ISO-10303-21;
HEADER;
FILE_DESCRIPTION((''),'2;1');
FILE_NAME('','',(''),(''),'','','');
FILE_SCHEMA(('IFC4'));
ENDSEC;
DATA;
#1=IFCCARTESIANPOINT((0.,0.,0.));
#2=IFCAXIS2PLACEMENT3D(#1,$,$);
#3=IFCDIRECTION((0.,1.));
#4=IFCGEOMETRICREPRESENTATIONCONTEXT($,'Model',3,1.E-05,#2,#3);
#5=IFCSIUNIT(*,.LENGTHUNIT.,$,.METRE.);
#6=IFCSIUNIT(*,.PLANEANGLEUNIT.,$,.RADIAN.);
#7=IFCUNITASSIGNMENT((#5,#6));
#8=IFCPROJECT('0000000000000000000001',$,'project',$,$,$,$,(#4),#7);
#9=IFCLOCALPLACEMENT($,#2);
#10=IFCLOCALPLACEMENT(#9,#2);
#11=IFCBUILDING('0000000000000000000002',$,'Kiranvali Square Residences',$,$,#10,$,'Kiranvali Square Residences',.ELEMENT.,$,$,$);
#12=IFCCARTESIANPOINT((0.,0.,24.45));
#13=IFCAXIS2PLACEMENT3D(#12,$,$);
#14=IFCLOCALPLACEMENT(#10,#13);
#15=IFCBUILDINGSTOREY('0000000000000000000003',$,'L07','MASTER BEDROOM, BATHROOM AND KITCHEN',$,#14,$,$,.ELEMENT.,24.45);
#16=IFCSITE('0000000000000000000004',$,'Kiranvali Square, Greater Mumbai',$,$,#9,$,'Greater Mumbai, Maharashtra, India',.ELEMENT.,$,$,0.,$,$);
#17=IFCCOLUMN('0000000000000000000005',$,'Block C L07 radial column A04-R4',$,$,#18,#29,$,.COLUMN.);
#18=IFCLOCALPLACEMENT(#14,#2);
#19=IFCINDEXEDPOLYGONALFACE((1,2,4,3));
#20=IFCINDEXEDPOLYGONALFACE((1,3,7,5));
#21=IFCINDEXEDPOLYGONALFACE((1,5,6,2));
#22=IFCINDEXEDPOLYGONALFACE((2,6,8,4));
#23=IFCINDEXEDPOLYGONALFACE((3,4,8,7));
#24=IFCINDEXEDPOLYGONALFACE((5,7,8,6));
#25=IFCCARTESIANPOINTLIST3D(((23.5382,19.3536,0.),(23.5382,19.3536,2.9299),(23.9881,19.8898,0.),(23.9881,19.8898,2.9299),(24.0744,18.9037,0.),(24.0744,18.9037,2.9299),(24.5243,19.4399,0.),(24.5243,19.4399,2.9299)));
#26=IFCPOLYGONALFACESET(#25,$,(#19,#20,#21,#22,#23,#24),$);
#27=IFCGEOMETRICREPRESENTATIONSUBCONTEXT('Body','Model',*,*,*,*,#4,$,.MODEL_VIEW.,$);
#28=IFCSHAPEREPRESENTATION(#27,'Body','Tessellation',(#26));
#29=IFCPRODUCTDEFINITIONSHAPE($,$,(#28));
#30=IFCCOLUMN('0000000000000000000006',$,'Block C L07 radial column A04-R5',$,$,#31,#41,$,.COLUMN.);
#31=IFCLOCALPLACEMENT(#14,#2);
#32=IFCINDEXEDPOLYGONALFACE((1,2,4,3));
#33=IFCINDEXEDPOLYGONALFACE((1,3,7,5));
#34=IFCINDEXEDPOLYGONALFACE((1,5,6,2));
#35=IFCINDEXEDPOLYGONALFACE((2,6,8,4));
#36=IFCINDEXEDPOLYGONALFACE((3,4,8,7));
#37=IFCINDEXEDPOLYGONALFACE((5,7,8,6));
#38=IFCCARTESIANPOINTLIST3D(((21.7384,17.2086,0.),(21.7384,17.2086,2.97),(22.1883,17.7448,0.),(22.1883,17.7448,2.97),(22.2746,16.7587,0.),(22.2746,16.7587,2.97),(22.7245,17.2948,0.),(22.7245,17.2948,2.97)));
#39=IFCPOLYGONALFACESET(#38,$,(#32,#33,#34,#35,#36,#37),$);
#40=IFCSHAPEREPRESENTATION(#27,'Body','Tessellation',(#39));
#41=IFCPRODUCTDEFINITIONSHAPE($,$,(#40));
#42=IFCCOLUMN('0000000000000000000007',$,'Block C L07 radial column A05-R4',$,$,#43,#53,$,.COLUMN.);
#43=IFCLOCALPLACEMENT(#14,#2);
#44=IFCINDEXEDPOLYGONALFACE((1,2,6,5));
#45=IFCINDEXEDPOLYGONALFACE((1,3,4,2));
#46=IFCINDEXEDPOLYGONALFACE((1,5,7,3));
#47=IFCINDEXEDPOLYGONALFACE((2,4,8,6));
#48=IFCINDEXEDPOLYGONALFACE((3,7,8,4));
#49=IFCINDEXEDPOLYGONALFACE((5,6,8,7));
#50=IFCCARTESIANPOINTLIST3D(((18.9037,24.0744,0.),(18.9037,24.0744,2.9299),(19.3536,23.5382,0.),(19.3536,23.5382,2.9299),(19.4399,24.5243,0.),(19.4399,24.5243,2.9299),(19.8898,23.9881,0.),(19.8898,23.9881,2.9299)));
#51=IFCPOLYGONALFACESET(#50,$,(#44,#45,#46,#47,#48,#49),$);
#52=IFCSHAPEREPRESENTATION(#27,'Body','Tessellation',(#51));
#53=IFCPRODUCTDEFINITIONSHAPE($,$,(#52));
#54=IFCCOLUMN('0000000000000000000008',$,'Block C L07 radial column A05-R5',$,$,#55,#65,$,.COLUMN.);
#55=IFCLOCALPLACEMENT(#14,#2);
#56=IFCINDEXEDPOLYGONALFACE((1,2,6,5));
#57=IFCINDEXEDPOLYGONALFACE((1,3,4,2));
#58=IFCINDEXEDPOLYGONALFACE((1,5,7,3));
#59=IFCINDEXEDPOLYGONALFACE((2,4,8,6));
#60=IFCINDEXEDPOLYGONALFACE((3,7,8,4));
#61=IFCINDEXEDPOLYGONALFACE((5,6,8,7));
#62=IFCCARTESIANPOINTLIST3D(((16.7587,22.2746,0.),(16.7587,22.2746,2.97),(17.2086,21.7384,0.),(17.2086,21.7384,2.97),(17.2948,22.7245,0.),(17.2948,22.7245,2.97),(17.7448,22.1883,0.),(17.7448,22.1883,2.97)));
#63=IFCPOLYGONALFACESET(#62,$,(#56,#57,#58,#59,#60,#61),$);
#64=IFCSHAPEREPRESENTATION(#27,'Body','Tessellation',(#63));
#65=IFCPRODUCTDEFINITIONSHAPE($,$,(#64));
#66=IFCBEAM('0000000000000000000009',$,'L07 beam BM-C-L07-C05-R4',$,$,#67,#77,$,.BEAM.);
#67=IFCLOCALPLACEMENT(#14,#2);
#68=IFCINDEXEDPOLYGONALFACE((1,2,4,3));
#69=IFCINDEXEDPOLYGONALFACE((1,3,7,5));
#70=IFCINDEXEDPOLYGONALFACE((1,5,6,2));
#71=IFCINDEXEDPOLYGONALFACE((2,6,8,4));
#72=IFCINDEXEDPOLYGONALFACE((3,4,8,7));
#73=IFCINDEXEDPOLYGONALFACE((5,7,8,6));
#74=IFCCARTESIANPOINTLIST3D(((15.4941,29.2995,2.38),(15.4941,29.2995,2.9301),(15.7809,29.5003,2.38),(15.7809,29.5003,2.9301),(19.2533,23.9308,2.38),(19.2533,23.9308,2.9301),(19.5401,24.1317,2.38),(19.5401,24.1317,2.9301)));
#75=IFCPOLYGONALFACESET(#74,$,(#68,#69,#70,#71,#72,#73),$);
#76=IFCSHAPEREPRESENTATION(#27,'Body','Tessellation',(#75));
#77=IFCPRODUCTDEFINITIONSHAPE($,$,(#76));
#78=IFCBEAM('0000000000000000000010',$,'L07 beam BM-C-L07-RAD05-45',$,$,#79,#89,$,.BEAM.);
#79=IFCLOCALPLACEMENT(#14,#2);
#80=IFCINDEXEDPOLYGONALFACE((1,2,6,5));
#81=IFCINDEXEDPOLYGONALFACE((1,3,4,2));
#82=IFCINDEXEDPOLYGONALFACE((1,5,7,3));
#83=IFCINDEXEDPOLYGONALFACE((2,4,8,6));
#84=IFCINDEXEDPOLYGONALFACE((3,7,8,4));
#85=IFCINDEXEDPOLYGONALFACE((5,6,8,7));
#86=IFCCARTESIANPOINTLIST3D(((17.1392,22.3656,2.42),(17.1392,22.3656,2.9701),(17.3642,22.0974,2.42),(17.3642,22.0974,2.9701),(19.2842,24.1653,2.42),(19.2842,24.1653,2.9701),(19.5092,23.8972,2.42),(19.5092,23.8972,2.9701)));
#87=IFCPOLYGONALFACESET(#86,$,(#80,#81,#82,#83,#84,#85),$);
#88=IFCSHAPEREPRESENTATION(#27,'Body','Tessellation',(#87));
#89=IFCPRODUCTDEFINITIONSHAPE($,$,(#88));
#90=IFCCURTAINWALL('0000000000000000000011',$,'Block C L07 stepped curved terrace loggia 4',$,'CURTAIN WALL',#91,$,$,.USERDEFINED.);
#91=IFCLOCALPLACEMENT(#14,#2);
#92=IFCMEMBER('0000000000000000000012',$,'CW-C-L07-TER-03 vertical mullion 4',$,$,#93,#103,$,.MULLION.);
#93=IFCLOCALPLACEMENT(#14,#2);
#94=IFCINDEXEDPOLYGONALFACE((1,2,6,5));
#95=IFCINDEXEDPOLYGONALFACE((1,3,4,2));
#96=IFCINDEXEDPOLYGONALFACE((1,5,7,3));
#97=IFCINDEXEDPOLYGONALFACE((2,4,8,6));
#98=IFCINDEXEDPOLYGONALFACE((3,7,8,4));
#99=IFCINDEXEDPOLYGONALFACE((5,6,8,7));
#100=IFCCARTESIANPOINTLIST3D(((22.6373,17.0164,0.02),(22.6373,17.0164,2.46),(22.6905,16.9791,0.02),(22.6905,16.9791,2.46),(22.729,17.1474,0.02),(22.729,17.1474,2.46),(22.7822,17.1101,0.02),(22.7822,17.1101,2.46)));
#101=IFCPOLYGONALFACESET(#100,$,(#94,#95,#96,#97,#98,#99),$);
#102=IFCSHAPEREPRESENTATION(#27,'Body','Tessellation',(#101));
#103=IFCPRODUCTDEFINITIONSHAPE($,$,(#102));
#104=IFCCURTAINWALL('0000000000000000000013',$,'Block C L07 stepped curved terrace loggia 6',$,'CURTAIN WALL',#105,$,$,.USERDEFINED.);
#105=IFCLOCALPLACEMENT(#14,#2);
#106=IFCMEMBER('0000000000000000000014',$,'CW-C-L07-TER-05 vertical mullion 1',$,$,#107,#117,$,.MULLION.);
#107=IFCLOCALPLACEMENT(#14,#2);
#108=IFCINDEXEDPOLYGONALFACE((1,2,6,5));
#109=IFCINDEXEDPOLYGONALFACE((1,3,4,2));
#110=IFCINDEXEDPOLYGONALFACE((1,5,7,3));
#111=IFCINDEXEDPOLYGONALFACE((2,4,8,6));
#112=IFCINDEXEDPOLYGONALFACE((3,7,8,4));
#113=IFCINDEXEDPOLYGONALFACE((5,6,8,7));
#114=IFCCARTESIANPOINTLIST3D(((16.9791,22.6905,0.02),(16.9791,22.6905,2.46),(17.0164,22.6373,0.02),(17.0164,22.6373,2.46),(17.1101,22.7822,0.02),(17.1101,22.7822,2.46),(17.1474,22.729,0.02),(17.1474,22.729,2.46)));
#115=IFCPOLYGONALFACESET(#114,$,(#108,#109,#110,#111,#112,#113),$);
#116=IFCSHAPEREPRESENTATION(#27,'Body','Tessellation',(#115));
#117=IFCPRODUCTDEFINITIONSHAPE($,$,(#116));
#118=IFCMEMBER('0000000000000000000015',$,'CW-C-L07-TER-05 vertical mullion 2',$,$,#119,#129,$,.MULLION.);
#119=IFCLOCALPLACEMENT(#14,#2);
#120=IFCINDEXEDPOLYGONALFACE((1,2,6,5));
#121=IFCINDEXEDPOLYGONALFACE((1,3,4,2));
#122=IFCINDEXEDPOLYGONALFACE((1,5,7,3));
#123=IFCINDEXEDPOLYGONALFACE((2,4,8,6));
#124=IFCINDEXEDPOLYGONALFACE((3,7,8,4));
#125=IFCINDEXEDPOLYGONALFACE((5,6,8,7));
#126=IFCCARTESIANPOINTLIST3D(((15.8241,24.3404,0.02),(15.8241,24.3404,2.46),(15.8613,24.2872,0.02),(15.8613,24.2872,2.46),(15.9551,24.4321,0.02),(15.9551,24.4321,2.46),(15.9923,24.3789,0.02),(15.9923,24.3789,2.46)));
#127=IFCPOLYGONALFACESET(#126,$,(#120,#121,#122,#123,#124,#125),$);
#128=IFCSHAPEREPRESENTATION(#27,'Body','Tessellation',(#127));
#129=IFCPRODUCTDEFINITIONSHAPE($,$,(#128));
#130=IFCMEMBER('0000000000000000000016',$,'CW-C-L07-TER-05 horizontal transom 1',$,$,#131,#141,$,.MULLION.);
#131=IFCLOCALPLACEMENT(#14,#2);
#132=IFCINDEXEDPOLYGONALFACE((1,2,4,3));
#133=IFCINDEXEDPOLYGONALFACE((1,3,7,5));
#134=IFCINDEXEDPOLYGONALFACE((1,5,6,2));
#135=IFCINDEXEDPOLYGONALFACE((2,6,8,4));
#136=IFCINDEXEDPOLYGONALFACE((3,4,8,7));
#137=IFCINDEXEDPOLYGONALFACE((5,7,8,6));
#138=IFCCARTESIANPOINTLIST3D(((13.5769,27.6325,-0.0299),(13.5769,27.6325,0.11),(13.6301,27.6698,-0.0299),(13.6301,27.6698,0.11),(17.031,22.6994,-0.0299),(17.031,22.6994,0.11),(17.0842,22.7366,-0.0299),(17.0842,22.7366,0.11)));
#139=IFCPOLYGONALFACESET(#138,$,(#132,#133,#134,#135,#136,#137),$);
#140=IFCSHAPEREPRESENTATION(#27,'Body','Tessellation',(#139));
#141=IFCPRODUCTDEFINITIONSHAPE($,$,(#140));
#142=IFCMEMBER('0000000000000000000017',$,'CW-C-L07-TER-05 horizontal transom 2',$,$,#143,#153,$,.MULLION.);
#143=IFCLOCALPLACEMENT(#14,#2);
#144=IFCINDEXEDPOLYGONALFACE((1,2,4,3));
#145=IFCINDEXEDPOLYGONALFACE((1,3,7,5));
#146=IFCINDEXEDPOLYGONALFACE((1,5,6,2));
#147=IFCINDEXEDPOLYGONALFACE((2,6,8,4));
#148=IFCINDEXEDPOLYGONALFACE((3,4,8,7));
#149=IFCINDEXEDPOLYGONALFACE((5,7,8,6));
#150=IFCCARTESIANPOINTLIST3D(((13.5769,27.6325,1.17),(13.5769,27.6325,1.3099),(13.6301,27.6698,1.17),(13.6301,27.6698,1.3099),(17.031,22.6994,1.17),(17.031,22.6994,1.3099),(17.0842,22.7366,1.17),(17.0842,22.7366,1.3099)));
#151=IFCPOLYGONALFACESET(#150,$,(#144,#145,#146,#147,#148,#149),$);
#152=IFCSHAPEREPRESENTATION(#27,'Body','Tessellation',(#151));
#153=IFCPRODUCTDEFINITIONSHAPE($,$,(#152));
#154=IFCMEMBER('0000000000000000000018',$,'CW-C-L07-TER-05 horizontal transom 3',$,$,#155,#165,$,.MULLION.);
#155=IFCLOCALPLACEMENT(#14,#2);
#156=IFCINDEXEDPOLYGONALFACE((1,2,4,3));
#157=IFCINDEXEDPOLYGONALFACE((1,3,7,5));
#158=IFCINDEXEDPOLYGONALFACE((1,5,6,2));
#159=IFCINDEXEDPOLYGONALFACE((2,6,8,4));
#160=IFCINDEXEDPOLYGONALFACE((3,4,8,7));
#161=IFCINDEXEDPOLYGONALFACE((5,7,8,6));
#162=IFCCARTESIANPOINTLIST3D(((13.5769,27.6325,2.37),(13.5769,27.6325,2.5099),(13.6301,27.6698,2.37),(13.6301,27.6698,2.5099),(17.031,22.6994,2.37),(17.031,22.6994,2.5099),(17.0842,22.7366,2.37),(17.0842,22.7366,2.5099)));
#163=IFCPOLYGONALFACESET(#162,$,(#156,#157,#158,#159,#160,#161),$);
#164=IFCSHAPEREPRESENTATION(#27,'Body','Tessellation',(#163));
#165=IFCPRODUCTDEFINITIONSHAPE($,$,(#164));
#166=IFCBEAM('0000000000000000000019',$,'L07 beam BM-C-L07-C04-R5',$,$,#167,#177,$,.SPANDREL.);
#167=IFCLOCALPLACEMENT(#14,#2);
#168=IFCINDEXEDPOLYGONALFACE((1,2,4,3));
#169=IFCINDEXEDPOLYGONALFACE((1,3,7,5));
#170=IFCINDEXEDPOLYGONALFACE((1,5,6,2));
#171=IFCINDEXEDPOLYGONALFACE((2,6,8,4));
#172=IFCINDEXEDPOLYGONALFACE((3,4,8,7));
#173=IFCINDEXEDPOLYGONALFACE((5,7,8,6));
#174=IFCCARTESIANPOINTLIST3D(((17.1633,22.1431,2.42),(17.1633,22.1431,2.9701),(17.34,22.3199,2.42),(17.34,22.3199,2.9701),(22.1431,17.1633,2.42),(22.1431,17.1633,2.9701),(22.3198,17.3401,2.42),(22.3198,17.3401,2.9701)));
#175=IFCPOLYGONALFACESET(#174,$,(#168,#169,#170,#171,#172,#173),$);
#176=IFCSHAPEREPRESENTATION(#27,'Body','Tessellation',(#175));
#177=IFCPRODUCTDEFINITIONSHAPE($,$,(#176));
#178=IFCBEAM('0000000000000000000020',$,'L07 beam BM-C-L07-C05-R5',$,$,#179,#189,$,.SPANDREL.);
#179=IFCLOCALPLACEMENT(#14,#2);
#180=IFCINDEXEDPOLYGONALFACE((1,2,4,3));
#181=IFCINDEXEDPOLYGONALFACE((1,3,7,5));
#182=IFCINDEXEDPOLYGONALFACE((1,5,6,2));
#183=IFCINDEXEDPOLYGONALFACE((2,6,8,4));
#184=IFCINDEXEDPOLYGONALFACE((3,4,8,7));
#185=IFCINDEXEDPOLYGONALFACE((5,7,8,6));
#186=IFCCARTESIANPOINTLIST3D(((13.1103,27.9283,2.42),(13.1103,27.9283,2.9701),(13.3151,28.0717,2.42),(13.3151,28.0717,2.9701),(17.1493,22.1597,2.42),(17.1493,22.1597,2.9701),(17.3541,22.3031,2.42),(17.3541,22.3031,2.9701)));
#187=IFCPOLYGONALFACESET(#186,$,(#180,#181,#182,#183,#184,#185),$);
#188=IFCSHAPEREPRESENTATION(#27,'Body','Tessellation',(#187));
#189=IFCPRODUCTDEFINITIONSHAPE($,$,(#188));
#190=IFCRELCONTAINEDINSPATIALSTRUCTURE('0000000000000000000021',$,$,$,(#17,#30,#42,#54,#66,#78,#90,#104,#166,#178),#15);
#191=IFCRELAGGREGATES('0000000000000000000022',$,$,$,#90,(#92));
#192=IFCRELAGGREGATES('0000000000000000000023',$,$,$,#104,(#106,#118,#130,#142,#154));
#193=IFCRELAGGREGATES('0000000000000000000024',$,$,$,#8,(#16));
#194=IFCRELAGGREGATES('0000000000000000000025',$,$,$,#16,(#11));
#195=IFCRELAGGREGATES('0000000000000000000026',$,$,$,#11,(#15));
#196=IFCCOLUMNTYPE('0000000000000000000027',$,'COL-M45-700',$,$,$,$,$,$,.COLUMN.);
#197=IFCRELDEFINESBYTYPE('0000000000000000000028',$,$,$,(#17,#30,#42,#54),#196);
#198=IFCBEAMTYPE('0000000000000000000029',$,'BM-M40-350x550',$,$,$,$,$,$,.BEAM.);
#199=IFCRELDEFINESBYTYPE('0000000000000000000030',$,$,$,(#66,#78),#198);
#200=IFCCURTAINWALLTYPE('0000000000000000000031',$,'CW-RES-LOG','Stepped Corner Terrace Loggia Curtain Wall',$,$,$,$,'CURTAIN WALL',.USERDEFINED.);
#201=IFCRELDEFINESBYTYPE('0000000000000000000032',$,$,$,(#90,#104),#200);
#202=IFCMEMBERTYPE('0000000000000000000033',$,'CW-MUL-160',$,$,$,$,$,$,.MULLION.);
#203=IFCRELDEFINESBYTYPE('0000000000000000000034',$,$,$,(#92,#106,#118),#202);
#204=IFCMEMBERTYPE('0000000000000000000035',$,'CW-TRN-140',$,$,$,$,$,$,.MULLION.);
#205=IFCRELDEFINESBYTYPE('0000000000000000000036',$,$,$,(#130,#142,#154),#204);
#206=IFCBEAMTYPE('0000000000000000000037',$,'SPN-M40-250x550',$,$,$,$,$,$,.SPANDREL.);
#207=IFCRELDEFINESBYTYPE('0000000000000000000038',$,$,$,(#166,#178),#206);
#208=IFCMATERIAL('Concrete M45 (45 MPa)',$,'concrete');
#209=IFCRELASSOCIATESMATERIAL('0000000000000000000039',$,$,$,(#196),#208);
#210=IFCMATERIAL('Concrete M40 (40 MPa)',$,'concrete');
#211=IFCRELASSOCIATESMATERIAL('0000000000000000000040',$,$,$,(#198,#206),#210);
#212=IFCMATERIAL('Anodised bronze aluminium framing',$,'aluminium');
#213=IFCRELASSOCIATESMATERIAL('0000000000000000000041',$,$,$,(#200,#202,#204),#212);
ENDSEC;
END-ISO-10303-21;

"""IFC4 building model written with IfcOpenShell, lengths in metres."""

from ifc_helpers import new_model, si_unit, direction, frame, origin, origin_2d, place, context, subcontext, project, spatial, rectangle, extrude, material, material_profile, profile_set, type_object, element, aggregate, save


model = new_model("IFC4")

# Units and contexts
model_context = context("Model", 3, precision=1e-05, world=origin(), true_north=direction((0.0, 1.0)))
body_context = subcontext(model_context, "Body", "Model", "MODEL_VIEW")
ifc_project = project(units=[si_unit("LENGTHUNIT", "METRE"), si_unit("PLANEANGLEUNIT", "RADIAN")], contexts=[model_context])

# Site, building, storey
site_placement = place(None, origin())
site = spatial("IfcSite", under=ifc_project, at=site_placement, Name="Kiranvali Square, Greater Mumbai", LongName="Greater Mumbai, Maharashtra, India", CompositionType="ELEMENT", RefElevation=0.0)
building_placement = place(site_placement, origin())
building = spatial("IfcBuilding", under=site, at=building_placement, Name="Kiranvali Square Residences", LongName="Kiranvali Square Residences", CompositionType="ELEMENT")
storey_placement = place(building_placement, frame((0.0, 0.0, 24.45)))
storey = spatial("IfcBuildingStorey", under=building, at=storey_placement, Name="L07", Description="MASTER BEDROOM, BATHROOM AND KITCHEN", CompositionType="ELEMENT", Elevation=24.45)

# Columns
ifc_material_1 = material(Name="Concrete M45 (45 MPa)", Category="concrete")
ifc_material_profile_1 = material_profile(ifc_material_1, rectangle(XDim=0.7, YDim=0.7, at=origin_2d()), Name="RC 700x700")
ifc_profile_set_1 = profile_set([ifc_material_profile_1], Name="Concrete M45 (45 MPa)")
column_type = type_object("IfcColumnType", Name="COL-M45-700", PredefinedType="COLUMN", material=ifc_profile_set_1)
column_1_placement = place(storey_placement, frame((24.0312, 19.3967, 0.0), z_axis=(0.0, 0.0, 1.0), x_axis=(-0.766044, 0.642788, 0.0)))
element("IfcColumn", 1, at=column_1_placement, inside=storey, type_object=column_type, Name="Block C L07 radial column A04-R4", PredefinedType="COLUMN", context=body_context, shape_type="SweptSolid", body=[
    extrude(rectangle(XDim=0.7, YDim=0.7, at=origin_2d()), origin(), (0.0, 0.0, 1.0), 2.9299),
])
column_2_placement = place(storey_placement, frame((22.2314, 17.2517, 0.0), z_axis=(0.0, 0.0, 1.0), x_axis=(-0.766044, 0.642788, 0.0)))
element("IfcColumn", 2, at=column_2_placement, inside=storey, type_object=column_type, Name="Block C L07 radial column A04-R5", PredefinedType="COLUMN", context=body_context, shape_type="SweptSolid", body=[
    extrude(rectangle(XDim=0.7, YDim=0.7, at=origin_2d()), origin(), (0.0, 0.0, 1.0), 2.97),
])
column_3_placement = place(storey_placement, frame((19.3967, 24.0312, 0.0), z_axis=(0.0, 0.0, 1.0), x_axis=(-0.642788, 0.766044, 0.0)))
element("IfcColumn", 3, at=column_3_placement, inside=storey, type_object=column_type, Name="Block C L07 radial column A05-R4", PredefinedType="COLUMN", context=body_context, shape_type="SweptSolid", body=[
    extrude(rectangle(XDim=0.7, YDim=0.7, at=origin_2d()), origin(), (0.0, 0.0, 1.0), 2.9299),
])
column_4_placement = place(storey_placement, frame((17.2517, 22.2314, 0.0), z_axis=(0.0, 0.0, 1.0), x_axis=(-0.642788, 0.766044, 0.0)))
element("IfcColumn", 4, at=column_4_placement, inside=storey, type_object=column_type, Name="Block C L07 radial column A05-R5", PredefinedType="COLUMN", context=body_context, shape_type="SweptSolid", body=[
    extrude(rectangle(XDim=0.7, YDim=0.7, at=origin_2d()), origin(), (0.0, 0.0, 1.0), 2.97),
])

# Beams
ifc_material_2 = material(Name="Concrete M40 (40 MPa)", Category="concrete")
ifc_material_profile_2 = material_profile(ifc_material_2, rectangle(XDim=0.3501, YDim=0.55, at=origin_2d()), Name="RC 350x550")
ifc_profile_set_2 = profile_set([ifc_material_profile_2], Name="Concrete M40 (40 MPa)")
beam_type_1 = type_object("IfcBeamType", Name="BM-M40-350x550", PredefinedType="BEAM", material=ifc_profile_set_2)
beam_1_placement = place(storey_placement, frame((19.3967, 24.0312, 2.655), z_axis=(-0.573587, 0.819144, 0.0), x_axis=(-0.819144, -0.573587, 0.0)))
element("IfcBeam", 5, at=beam_1_placement, inside=storey, type_object=beam_type_1, Name="L07 beam BM-C-L07-C05-R4", PredefinedType="BEAM", context=body_context, shape_type="SweptSolid", body=[
    extrude(rectangle(XDim=0.3501, YDim=0.55, at=origin_2d()), origin(), (0.0, 0.0, 1.0), 6.554),
])
beam_2_placement = place(storey_placement, frame((19.3967, 24.0312, 2.6951), z_axis=(-0.766059, -0.642771, 0.0), x_axis=(0.642771, -0.766059, 0.0)))
element("IfcBeam", 6, at=beam_2_placement, inside=storey, type_object=beam_type_1, Name="L07 beam BM-C-L07-RAD05-45", PredefinedType="BEAM", context=body_context, shape_type="SweptSolid", body=[
    extrude(rectangle(XDim=0.3501, YDim=0.55, at=origin_2d()), origin(), (0.0, 0.0, 1.0), 2.8),
])

# Curtain wall, member
ifc_material_3 = material(Name="Anodised bronze aluminium framing", Category="aluminium")
curtain_wall_type = type_object("IfcCurtainWallType", Name="CW-RES-LOG", Description="Stepped Corner Terrace Loggia Curtain Wall", ElementType="CURTAIN WALL", PredefinedType="USERDEFINED", material=ifc_material_3)
curtain_wall_1_placement = place(storey_placement, origin())
curtain_wall_1 = element("IfcCurtainWall", 7, at=curtain_wall_1_placement, inside=storey, type_object=curtain_wall_type, Name="Block C L07 stepped curved terrace loggia 4", ObjectType="CURTAIN WALL", PredefinedType="USERDEFINED")
ifc_material_profile_3 = material_profile(ifc_material_3, rectangle(XDim=0.0649, YDim=0.1599, at=origin_2d()), Name="ALU 65x160")
ifc_profile_set_3 = profile_set([ifc_material_profile_3], Name="Anodised bronze aluminium framing")
member_type_1 = type_object("IfcMemberType", Name="CW-MUL-160", PredefinedType="MULLION", material=ifc_profile_set_3)
member_1_placement = place(storey_placement, frame((22.7097, 17.0632, 0.02), z_axis=(0.0, 0.0, 1.0), x_axis=(-0.819152, 0.573576, 0.0)))
member_1 = element("IfcMember", 8, at=member_1_placement, type_object=member_type_1, Name="CW-C-L07-TER-03 vertical mullion 4", PredefinedType="MULLION", context=body_context, shape_type="SweptSolid", body=[
    extrude(rectangle(XDim=0.0649, YDim=0.1599, at=origin_2d()), origin(), (0.0, 0.0, 1.0), 2.4399),
])

# Curtain wall, members
curtain_wall_2_placement = place(storey_placement, origin())
curtain_wall_2 = element("IfcCurtainWall", 9, at=curtain_wall_2_placement, inside=storey, type_object=curtain_wall_type, Name="Block C L07 stepped curved terrace loggia 6", ObjectType="CURTAIN WALL", PredefinedType="USERDEFINED")
member_2_placement = place(storey_placement, frame((17.0632, 22.7097, 0.02), z_axis=(0.0, 0.0, 1.0), x_axis=(-0.573576, 0.819152, 0.0)))
member_2 = element("IfcMember", 10, at=member_2_placement, type_object=member_type_1, Name="CW-C-L07-TER-05 vertical mullion 1", PredefinedType="MULLION", context=body_context, shape_type="SweptSolid", body=[
    extrude(rectangle(XDim=0.0649, YDim=0.1599, at=origin_2d()), origin(), (0.0, 0.0, 1.0), 2.4399),
])
member_3_placement = place(storey_placement, frame((15.9082, 24.3596, 0.02), z_axis=(0.0, 0.0, 1.0), x_axis=(-0.573576, 0.819152, 0.0)))
member_3 = element("IfcMember", 11, at=member_3_placement, type_object=member_type_1, Name="CW-C-L07-TER-05 vertical mullion 2", PredefinedType="MULLION", context=body_context, shape_type="SweptSolid", body=[
    extrude(rectangle(XDim=0.0649, YDim=0.1599, at=origin_2d()), origin(), (0.0, 0.0, 1.0), 2.4399),
])
ifc_material_profile_4 = material_profile(ifc_material_3, rectangle(XDim=0.0649, YDim=0.1399, at=origin_2d()), Name="ALU 65x140")
ifc_profile_set_4 = profile_set([ifc_material_profile_4], Name="Anodised bronze aluminium framing")
member_type_2 = type_object("IfcMemberType", Name="CW-TRN-140", PredefinedType="MULLION", material=ifc_profile_set_4)
member_4_placement = place(storey_placement, frame((17.0576, 22.718, 0.04), z_axis=(-0.573566, 0.81916, 0.0), x_axis=(-0.81916, -0.573566, 0.0)))
member_4 = element("IfcMember", 12, at=member_4_placement, type_object=member_type_2, Name="CW-C-L07-TER-05 horizontal transom 1", PredefinedType="MULLION", context=body_context, shape_type="SweptSolid", body=[
    extrude(rectangle(XDim=0.0649, YDim=0.1399, at=origin_2d()), origin(), (0.0, 0.0, 1.0), 6.0222),
])
member_5_placement = place(storey_placement, frame((17.0576, 22.718, 1.24), z_axis=(-0.573566, 0.81916, 0.0), x_axis=(-0.81916, -0.573566, 0.0)))
member_5 = element("IfcMember", 13, at=member_5_placement, type_object=member_type_2, Name="CW-C-L07-TER-05 horizontal transom 2", PredefinedType="MULLION", context=body_context, shape_type="SweptSolid", body=[
    extrude(rectangle(XDim=0.0649, YDim=0.1399, at=origin_2d()), origin(), (0.0, 0.0, 1.0), 6.0222),
])
member_6_placement = place(storey_placement, frame((17.0576, 22.718, 2.4399), z_axis=(-0.573566, 0.81916, 0.0), x_axis=(-0.81916, -0.573566, 0.0)))
member_6 = element("IfcMember", 14, at=member_6_placement, type_object=member_type_2, Name="CW-C-L07-TER-05 horizontal transom 3", PredefinedType="MULLION", context=body_context, shape_type="SweptSolid", body=[
    extrude(rectangle(XDim=0.0649, YDim=0.1399, at=origin_2d()), origin(), (0.0, 0.0, 1.0), 6.0222),
])

# Beams
ifc_material_profile_5 = material_profile(ifc_material_2, rectangle(XDim=0.25, YDim=0.55, at=origin_2d()), Name="RC 250x550")
ifc_profile_set_5 = profile_set([ifc_material_profile_5], Name="Concrete M40 (40 MPa)")
beam_type_2 = type_object("IfcBeamType", Name="SPN-M40-250x550", PredefinedType="SPANDREL", material=ifc_profile_set_5)
beam_3_placement = place(storey_placement, frame((22.2314, 17.2517, 2.6951), z_axis=(-0.707107, 0.707107, 0.0), x_axis=(-0.707107, -0.707107, 0.0)))
element("IfcBeam", 15, at=beam_3_placement, inside=storey, type_object=beam_type_2, Name="L07 beam BM-C-L07-C04-R5", PredefinedType="SPANDREL", context=body_context, shape_type="SweptSolid", body=[
    extrude(rectangle(XDim=0.25, YDim=0.55, at=origin_2d()), origin(), (0.0, 0.0, 1.0), 7.0425),
])
beam_4_placement = place(storey_placement, frame((17.2517, 22.2314, 2.6951), z_axis=(-0.573565, 0.81916, 0.0), x_axis=(-0.81916, -0.573565, 0.0)))
element("IfcBeam", 16, at=beam_4_placement, inside=storey, type_object=beam_type_2, Name="L07 beam BM-C-L07-C05-R5", PredefinedType="SPANDREL", context=body_context, shape_type="SweptSolid", body=[
    extrude(rectangle(XDim=0.25, YDim=0.55, at=origin_2d()), origin(), (0.0, 0.0, 1.0), 7.042),
])

aggregate(curtain_wall_1, [member_1])
aggregate(curtain_wall_2, [member_2, member_3, member_4, member_5, member_6])

save(model, "model.ifc")
